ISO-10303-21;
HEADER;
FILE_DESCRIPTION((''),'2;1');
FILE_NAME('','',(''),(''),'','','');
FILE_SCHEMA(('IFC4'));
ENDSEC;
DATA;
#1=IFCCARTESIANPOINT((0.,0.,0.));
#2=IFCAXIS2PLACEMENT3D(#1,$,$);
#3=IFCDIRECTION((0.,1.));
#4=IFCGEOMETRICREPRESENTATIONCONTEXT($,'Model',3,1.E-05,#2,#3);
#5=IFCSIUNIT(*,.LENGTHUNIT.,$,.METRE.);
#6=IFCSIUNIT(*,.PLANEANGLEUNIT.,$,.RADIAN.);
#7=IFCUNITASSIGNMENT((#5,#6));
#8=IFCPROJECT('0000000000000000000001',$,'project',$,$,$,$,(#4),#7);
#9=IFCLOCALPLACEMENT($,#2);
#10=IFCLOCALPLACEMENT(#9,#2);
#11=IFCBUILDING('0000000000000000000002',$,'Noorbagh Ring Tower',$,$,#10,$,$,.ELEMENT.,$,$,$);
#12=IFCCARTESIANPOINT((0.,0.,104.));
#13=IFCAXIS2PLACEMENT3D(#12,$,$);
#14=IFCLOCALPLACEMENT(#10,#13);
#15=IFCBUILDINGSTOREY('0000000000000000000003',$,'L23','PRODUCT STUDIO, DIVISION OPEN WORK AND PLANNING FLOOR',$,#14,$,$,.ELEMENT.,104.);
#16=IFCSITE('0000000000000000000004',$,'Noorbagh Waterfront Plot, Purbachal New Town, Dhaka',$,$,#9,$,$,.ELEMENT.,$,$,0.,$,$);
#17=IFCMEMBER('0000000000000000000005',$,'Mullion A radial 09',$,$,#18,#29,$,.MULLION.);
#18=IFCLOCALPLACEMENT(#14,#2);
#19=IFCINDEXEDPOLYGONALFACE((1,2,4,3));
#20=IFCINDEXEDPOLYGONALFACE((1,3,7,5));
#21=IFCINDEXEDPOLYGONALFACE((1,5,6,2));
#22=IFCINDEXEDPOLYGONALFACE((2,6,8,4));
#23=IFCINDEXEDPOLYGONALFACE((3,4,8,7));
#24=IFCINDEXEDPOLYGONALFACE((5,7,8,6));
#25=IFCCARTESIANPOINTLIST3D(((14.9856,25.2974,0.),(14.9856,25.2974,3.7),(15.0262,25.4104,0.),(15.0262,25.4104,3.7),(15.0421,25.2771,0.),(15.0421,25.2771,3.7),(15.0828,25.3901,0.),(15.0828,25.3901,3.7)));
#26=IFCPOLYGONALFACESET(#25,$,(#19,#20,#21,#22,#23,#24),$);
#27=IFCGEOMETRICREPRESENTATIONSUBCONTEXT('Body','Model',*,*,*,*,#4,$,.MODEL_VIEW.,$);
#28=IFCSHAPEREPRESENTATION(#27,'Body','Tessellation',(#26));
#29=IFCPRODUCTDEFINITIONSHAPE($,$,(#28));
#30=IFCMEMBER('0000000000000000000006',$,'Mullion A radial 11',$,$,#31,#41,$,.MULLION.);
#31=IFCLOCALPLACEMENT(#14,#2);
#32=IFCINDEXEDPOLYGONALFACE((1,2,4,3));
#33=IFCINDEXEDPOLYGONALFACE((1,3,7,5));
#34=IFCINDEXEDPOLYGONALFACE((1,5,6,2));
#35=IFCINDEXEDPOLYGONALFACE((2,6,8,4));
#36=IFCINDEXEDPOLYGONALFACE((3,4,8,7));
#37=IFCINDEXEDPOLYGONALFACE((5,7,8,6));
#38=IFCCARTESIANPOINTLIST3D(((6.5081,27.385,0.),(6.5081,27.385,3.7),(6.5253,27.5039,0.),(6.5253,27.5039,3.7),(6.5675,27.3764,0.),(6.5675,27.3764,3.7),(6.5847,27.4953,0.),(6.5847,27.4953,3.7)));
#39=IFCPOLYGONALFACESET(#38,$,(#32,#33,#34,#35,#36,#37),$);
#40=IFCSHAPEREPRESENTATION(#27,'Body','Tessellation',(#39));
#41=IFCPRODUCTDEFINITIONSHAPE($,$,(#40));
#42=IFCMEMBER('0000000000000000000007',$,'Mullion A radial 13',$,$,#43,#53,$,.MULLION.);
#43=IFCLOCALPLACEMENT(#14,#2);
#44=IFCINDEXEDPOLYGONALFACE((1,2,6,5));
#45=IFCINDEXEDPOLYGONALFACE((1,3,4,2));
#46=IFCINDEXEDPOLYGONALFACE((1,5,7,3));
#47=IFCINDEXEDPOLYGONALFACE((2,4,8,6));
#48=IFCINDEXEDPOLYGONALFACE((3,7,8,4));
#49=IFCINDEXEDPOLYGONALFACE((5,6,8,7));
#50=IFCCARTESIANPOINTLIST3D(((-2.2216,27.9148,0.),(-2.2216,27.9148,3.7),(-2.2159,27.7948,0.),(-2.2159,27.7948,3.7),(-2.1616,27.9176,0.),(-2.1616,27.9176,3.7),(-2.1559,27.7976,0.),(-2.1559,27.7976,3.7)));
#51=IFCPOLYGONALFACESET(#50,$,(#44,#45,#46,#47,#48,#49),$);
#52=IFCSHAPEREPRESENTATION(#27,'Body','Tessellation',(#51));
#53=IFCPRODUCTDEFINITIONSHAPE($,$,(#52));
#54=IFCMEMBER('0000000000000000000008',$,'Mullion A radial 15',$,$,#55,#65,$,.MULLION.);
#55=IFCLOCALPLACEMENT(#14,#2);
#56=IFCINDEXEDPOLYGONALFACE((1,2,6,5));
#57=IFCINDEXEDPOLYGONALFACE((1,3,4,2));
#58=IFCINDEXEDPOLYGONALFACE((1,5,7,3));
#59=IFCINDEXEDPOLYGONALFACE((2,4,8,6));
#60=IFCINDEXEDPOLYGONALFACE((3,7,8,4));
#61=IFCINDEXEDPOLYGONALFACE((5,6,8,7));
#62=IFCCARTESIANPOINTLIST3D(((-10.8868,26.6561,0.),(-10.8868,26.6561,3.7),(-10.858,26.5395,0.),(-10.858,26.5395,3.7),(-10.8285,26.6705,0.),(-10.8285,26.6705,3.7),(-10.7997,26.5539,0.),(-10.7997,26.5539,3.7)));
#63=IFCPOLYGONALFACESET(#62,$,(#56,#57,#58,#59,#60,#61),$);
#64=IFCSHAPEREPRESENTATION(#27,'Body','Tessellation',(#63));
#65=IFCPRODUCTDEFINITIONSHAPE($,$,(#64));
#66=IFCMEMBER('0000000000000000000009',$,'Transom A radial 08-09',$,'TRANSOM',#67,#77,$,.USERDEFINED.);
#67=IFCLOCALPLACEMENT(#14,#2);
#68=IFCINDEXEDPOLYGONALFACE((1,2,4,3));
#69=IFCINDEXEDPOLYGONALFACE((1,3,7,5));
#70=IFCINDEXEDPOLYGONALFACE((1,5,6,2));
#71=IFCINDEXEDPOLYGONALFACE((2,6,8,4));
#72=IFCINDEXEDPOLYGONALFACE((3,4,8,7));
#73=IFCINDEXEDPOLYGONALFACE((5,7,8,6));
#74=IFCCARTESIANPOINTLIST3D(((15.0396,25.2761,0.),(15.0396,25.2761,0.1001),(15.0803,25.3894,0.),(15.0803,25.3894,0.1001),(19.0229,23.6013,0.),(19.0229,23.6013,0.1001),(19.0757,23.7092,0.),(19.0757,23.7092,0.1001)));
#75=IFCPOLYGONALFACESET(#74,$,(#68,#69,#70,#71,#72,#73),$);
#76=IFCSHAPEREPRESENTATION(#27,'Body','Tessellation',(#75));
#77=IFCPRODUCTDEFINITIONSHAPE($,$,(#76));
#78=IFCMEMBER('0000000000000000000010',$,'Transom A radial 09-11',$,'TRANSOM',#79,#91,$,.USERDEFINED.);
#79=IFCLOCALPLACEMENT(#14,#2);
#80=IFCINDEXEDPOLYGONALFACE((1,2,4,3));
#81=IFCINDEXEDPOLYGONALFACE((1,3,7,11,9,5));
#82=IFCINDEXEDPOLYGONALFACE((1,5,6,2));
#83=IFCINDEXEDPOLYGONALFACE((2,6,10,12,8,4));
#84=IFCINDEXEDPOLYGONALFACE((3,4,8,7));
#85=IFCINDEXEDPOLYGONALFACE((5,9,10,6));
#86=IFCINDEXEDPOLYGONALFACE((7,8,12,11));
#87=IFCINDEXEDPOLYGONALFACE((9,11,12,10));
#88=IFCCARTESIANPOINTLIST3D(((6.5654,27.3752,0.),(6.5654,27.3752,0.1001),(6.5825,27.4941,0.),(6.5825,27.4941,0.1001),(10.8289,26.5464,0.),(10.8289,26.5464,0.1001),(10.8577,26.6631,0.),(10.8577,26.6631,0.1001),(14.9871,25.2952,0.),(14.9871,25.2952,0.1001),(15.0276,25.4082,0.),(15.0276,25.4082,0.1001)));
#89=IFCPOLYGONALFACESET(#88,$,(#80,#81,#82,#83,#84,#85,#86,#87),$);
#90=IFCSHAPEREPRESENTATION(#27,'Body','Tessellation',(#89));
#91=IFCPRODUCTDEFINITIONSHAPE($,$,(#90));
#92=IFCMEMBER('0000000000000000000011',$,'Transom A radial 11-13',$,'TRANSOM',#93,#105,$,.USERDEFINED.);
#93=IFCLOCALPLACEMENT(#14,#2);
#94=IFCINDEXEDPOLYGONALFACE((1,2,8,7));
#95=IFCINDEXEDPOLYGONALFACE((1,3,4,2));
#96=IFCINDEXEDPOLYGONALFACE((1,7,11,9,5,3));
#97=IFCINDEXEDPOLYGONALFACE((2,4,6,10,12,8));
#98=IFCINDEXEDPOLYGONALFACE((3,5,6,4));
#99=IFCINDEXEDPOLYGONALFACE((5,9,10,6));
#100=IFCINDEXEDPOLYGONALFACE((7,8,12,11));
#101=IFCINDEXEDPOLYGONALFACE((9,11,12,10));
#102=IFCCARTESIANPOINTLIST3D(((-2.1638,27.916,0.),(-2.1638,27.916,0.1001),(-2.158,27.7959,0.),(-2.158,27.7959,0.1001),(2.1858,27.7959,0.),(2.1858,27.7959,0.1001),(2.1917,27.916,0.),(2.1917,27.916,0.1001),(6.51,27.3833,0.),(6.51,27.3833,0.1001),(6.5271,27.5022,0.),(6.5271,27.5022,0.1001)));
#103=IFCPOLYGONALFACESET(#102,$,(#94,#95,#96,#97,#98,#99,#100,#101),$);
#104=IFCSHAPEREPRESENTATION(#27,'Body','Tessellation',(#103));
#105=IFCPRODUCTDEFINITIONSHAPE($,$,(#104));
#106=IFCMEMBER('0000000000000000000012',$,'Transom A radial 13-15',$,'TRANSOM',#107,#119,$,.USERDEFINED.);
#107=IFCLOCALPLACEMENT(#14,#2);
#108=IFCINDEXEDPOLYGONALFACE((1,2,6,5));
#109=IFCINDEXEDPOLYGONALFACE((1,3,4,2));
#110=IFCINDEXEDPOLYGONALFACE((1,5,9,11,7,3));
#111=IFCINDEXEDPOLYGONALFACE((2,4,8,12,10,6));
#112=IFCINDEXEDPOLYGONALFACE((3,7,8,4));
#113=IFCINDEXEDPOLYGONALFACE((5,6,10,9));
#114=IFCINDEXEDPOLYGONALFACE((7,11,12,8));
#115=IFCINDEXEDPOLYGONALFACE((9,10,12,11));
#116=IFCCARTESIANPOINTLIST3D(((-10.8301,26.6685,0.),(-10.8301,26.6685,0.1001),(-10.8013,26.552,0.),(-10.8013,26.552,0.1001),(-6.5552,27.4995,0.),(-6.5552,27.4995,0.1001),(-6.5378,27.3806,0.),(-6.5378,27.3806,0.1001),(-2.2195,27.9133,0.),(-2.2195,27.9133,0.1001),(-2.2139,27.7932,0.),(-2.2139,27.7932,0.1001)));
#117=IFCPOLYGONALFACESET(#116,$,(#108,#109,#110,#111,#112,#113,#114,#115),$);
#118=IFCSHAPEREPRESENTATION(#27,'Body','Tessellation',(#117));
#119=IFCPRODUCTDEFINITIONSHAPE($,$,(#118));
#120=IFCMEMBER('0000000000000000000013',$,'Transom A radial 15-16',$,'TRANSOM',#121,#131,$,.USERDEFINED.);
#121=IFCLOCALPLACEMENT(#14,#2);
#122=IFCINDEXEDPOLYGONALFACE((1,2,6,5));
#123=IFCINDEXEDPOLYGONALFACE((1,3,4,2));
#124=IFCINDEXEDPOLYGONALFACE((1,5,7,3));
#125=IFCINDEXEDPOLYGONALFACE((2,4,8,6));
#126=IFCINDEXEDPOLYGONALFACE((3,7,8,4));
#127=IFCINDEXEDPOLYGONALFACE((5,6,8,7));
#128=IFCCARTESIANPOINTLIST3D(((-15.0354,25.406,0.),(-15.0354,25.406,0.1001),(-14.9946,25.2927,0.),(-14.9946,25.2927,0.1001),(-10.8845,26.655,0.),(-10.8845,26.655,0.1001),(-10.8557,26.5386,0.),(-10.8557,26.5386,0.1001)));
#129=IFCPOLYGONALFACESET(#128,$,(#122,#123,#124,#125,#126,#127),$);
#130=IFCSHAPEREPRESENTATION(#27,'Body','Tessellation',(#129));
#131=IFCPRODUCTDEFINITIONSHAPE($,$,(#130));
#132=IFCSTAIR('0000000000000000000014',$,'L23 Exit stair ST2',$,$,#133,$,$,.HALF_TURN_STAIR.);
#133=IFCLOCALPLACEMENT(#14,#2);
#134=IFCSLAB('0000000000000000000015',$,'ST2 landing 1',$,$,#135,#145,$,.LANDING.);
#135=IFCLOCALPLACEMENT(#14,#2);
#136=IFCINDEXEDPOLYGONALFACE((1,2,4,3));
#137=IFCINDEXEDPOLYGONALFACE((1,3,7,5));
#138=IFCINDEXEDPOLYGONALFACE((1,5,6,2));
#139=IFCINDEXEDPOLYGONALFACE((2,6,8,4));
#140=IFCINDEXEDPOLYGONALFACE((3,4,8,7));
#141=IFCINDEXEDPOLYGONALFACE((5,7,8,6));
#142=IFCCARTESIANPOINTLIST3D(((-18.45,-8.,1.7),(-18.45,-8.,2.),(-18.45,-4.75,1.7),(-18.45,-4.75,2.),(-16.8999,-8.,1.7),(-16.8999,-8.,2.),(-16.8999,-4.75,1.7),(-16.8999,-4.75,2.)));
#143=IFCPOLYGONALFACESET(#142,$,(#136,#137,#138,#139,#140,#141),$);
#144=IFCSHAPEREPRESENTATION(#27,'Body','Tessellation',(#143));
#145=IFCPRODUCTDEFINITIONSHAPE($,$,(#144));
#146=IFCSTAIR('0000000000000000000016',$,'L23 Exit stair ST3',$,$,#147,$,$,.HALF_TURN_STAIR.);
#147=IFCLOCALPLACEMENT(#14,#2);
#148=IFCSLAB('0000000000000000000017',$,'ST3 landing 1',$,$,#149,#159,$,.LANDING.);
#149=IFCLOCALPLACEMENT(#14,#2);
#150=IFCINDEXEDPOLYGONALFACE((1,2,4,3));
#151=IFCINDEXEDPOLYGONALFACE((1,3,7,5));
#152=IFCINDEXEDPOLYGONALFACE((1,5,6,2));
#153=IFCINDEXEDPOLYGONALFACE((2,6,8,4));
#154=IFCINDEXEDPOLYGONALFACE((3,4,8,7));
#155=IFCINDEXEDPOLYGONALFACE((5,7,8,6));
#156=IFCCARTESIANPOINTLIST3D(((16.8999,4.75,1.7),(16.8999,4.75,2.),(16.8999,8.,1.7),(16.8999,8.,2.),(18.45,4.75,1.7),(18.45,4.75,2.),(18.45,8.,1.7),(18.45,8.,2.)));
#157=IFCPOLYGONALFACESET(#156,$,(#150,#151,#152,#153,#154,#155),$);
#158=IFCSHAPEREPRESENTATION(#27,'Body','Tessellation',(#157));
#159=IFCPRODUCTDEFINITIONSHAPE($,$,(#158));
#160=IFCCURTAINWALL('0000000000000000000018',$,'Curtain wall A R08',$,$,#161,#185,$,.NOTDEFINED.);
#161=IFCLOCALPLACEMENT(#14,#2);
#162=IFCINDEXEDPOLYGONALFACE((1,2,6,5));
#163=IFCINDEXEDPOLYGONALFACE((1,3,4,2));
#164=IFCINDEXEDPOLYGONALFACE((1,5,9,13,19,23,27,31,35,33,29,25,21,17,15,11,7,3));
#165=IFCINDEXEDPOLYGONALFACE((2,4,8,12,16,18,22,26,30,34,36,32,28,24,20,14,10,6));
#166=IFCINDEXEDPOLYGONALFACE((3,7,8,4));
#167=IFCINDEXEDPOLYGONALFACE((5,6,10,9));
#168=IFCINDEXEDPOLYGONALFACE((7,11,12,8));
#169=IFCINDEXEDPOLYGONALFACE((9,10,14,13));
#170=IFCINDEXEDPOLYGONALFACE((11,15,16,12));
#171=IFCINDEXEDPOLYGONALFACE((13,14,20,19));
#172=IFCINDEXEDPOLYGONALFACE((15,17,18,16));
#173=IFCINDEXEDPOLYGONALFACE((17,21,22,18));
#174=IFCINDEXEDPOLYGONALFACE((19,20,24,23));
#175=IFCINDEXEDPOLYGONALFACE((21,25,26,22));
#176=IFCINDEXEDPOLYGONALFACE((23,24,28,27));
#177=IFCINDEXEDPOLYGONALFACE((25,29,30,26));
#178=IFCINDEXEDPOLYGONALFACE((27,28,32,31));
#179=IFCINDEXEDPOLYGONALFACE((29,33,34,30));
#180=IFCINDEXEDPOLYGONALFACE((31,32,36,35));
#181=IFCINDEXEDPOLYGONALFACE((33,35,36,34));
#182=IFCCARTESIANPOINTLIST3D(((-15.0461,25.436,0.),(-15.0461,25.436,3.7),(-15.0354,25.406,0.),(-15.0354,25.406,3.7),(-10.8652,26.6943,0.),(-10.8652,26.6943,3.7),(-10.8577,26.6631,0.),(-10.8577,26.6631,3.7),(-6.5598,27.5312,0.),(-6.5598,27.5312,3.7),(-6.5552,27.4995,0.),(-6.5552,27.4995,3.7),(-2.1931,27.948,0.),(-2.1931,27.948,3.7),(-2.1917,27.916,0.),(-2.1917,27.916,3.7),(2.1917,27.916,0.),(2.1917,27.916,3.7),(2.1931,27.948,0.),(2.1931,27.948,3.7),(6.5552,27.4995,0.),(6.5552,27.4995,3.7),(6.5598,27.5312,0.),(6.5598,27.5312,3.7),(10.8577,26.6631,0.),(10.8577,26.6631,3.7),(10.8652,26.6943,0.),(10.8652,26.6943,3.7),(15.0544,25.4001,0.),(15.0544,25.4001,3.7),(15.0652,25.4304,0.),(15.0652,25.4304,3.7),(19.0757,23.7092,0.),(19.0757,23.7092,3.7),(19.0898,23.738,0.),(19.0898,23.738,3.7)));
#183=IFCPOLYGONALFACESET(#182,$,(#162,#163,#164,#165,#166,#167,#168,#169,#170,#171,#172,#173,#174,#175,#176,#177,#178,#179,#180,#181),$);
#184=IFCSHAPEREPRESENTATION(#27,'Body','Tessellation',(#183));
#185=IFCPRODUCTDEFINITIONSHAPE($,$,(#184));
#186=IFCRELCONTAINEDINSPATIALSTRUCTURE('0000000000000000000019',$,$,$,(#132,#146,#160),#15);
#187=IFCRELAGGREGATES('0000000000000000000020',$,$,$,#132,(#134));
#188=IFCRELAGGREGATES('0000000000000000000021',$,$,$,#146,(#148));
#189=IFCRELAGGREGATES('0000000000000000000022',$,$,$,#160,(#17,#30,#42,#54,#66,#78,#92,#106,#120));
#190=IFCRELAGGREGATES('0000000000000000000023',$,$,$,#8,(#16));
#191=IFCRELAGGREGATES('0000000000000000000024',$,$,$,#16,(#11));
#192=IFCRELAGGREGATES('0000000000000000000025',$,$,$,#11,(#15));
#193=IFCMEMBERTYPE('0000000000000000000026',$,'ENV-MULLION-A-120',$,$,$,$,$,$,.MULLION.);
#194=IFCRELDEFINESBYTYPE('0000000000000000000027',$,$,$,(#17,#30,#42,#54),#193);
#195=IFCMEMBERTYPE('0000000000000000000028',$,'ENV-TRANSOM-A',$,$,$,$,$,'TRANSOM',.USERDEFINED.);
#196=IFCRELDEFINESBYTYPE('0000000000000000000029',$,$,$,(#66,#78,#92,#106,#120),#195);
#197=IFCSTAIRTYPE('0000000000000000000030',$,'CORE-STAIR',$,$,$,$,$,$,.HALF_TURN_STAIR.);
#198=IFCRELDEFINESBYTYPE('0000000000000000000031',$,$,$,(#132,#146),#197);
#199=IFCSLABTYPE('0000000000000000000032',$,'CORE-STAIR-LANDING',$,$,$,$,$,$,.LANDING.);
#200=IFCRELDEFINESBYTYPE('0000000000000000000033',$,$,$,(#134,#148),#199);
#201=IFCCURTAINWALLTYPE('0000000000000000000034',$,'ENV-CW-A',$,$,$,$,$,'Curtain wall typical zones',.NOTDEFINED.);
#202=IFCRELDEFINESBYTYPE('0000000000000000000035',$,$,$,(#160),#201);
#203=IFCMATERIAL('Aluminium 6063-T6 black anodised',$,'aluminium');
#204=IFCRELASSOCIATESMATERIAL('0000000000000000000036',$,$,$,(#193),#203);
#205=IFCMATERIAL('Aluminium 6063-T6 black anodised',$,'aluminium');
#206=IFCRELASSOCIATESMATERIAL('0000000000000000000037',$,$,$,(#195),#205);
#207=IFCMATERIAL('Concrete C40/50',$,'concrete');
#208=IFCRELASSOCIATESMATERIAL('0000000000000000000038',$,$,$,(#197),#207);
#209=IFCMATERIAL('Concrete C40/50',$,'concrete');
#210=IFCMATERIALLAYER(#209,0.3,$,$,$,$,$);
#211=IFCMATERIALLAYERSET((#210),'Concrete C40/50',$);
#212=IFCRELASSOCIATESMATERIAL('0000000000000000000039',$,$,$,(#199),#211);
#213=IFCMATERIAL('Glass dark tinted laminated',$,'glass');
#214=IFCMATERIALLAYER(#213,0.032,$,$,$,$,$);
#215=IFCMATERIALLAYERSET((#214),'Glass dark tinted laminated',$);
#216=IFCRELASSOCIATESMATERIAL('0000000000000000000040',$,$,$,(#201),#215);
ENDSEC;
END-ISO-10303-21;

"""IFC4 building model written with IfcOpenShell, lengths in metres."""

from ifc_helpers import new_model, si_unit, direction, frame, origin, origin_2d, place, context, subcontext, project, spatial, polyline, rectangle, outline, extrude, material, layer, layer_set, material_profile, profile_set, type_object, element, aggregate, save


model = new_model("IFC4")

# Units and contexts
model_context = context("Model", 3, precision=1e-05, world=origin(), true_north=direction((0.0, 1.0)))
body_context = subcontext(model_context, "Body", "Model", "MODEL_VIEW")
ifc_project = project(units=[si_unit("LENGTHUNIT", "METRE"), si_unit("PLANEANGLEUNIT", "RADIAN")], contexts=[model_context])

# Members
ifc_material_1 = material(Name="Aluminium 6063-T6 black anodised", Category="aluminium")
ifc_material_profile = material_profile(ifc_material_1, rectangle(XDim=0.1201, YDim=0.0601, at=origin_2d()), Name="120x60")
ifc_profile_set = profile_set([ifc_material_profile], Name="Aluminium 6063-T6 black anodised")
member_type_1 = type_object("IfcMemberType", Name="ENV-MULLION-A-120", PredefinedType="MULLION", material=ifc_profile_set)
site_placement = place(None, origin())
building_placement = place(site_placement, origin())
storey_placement = place(building_placement, frame((0.0, 0.0, 104.0)))
member_1_placement = place(storey_placement, frame((15.0342, 25.3438, 0.0), z_axis=(0.0, 0.0, 1.0), x_axis=(-0.338379, -0.94101, 0.0)))
member_1 = element("IfcMember", 1, at=member_1_placement, type_object=member_type_1, Name="Mullion A radial 09", PredefinedType="MULLION", context=body_context, shape_type="SweptSolid", body=[
    extrude(rectangle(XDim=0.1201, YDim=0.0601, at=origin_2d()), origin(), (0.0, 0.0, 1.0), 3.7),
])
member_2_placement = place(storey_placement, frame((6.5464, 27.4402, 0.0), z_axis=(0.0, 0.0, 1.0), x_axis=(-0.143082, -0.989711, 0.0)))
member_2 = element("IfcMember", 2, at=member_2_placement, type_object=member_type_1, Name="Mullion A radial 11", PredefinedType="MULLION", context=body_context, shape_type="SweptSolid", body=[
    extrude(rectangle(XDim=0.1201, YDim=0.0601, at=origin_2d()), origin(), (0.0, 0.0, 1.0), 3.7),
])
member_3_placement = place(storey_placement, frame((-2.1887, 27.8562, 0.0), z_axis=(0.0, 0.0, 1.0), x_axis=(0.047558, -0.998868, 0.0)))
member_3 = element("IfcMember", 3, at=member_3_placement, type_object=member_type_1, Name="Mullion A radial 13", PredefinedType="MULLION", context=body_context, shape_type="SweptSolid", body=[
    extrude(rectangle(XDim=0.1201, YDim=0.0601, at=origin_2d()), origin(), (0.0, 0.0, 1.0), 3.7),
])
member_4_placement = place(storey_placement, frame((-10.8433, 26.605, 0.0), z_axis=(0.0, 0.0, 1.0), x_axis=(0.239799, -0.970823, 0.0)))
member_4 = element("IfcMember", 4, at=member_4_placement, type_object=member_type_1, Name="Mullion A radial 15", PredefinedType="MULLION", context=body_context, shape_type="SweptSolid", body=[
    extrude(rectangle(XDim=0.1201, YDim=0.0601, at=origin_2d()), origin(), (0.0, 0.0, 1.0), 3.7),
])
ifc_material_2 = material(Name="Aluminium 6063-T6 black anodised", Category="aluminium")
member_type_2 = type_object("IfcMemberType", Name="ENV-TRANSOM-A", ElementType="TRANSOM", PredefinedType="USERDEFINED", material=ifc_material_2)
member_5_placement = place(storey_placement, origin())
member_5 = element("IfcMember", 5, at=member_5_placement, type_object=member_type_2, Name="Transom A radial 08-09", ObjectType="TRANSOM", PredefinedType="USERDEFINED", context=body_context, shape_type="SweptSolid", body=[
    extrude(outline(polyline([(19.0757, 23.7092), (15.0803, 25.3894), (15.0396, 25.2761), (19.0229, 23.6013), (19.0757, 23.7092)])), origin(), (0.0, 0.0, 1.0), 0.1001),
])
member_6_placement = place(storey_placement, origin())
member_6 = element("IfcMember", 6, at=member_6_placement, type_object=member_type_2, Name="Transom A radial 09-11", ObjectType="TRANSOM", PredefinedType="USERDEFINED", context=body_context, shape_type="SweptSolid", body=[
    extrude(outline(polyline([(15.0276, 25.4082), (10.8577, 26.6631), (6.5825, 27.4941), (6.5654, 27.3752), (10.8289, 26.5464), (14.9871, 25.2952), (15.0276, 25.4082)])), origin(), (0.0, 0.0, 1.0), 0.1001),
])
member_7_placement = place(storey_placement, origin())
member_7 = element("IfcMember", 7, at=member_7_placement, type_object=member_type_2, Name="Transom A radial 11-13", ObjectType="TRANSOM", PredefinedType="USERDEFINED", context=body_context, shape_type="SweptSolid", body=[
    extrude(outline(polyline([(6.5271, 27.5022), (2.1917, 27.916), (-2.1638, 27.916), (-2.158, 27.7959), (2.1858, 27.7959), (6.51, 27.3833), (6.5271, 27.5022)])), origin(), (0.0, 0.0, 1.0), 0.1001),
])
member_8_placement = place(storey_placement, origin())
member_8 = element("IfcMember", 8, at=member_8_placement, type_object=member_type_2, Name="Transom A radial 13-15", ObjectType="TRANSOM", PredefinedType="USERDEFINED", context=body_context, shape_type="SweptSolid", body=[
    extrude(outline(polyline([(-2.2195, 27.9133), (-6.5552, 27.4995), (-10.8301, 26.6685), (-10.8013, 26.552), (-6.5378, 27.3806), (-2.2139, 27.7932), (-2.2195, 27.9133)])), origin(), (0.0, 0.0, 1.0), 0.1001),
])
member_9_placement = place(storey_placement, origin())
member_9 = element("IfcMember", 9, at=member_9_placement, type_object=member_type_2, Name="Transom A radial 15-16", ObjectType="TRANSOM", PredefinedType="USERDEFINED", context=body_context, shape_type="SweptSolid", body=[
    extrude(outline(polyline([(-10.8845, 26.655), (-15.0354, 25.406), (-14.9946, 25.2927), (-10.8557, 26.5386), (-10.8845, 26.655)])), origin(), (0.0, 0.0, 1.0), 0.1001),
])

# Site, building, storey
site = spatial("IfcSite", under=ifc_project, at=site_placement, Name="Noorbagh Waterfront Plot, Purbachal New Town, Dhaka", CompositionType="ELEMENT", RefElevation=0.0)
building = spatial("IfcBuilding", under=site, at=building_placement, Name="Noorbagh Ring Tower", CompositionType="ELEMENT")
storey = spatial("IfcBuildingStorey", under=building, at=storey_placement, Name="L23", Description="PRODUCT STUDIO, DIVISION OPEN WORK AND PLANNING FLOOR", CompositionType="ELEMENT", Elevation=104.0)

# Stairs, slabs
ifc_material_3 = material(Name="Concrete C40/50", Category="concrete")
stair_type = type_object("IfcStairType", Name="CORE-STAIR", PredefinedType="HALF_TURN_STAIR", material=ifc_material_3)
stair_1_placement = place(storey_placement, origin())
stair_1 = element("IfcStair", 10, at=stair_1_placement, inside=storey, type_object=stair_type, Name="L23 Exit stair ST2", PredefinedType="HALF_TURN_STAIR")
ifc_material_4 = material(Name="Concrete C40/50", Category="concrete")
ifc_layer_1 = layer(ifc_material_4, 0.3)
ifc_layer_set_1 = layer_set([ifc_layer_1], Name="Concrete C40/50")
slab_type = type_object("IfcSlabType", Name="CORE-STAIR-LANDING", PredefinedType="LANDING", material=ifc_layer_set_1)
slab_1_placement = place(storey_placement, frame((0.0, 0.0, 1.7)))
slab_1 = element("IfcSlab", 11, at=slab_1_placement, type_object=slab_type, Name="ST2 landing 1", PredefinedType="LANDING", context=body_context, shape_type="SweptSolid", body=[
    extrude(outline(polyline([(-18.45, -8.0), (-16.8999, -8.0), (-16.8999, -4.75), (-18.45, -4.75), (-18.45, -8.0)])), origin(), (0.0, 0.0, 1.0), 0.3),
])
aggregate(stair_1, [slab_1])
stair_2_placement = place(storey_placement, origin())
stair_2 = element("IfcStair", 12, at=stair_2_placement, inside=storey, type_object=stair_type, Name="L23 Exit stair ST3", PredefinedType="HALF_TURN_STAIR")
slab_2_placement = place(storey_placement, frame((0.0, 0.0, 1.7)))
slab_2 = element("IfcSlab", 13, at=slab_2_placement, type_object=slab_type, Name="ST3 landing 1", PredefinedType="LANDING", context=body_context, shape_type="SweptSolid", body=[
    extrude(outline(polyline([(18.45, 8.0), (16.8999, 8.0), (16.8999, 4.75), (18.45, 4.75), (18.45, 8.0)])), origin(), (0.0, 0.0, 1.0), 0.3),
])
aggregate(stair_2, [slab_2])

# Curtain wall
ifc_material_5 = material(Name="Glass dark tinted laminated", Category="glass")
ifc_layer_2 = layer(ifc_material_5, 0.032)
ifc_layer_set_2 = layer_set([ifc_layer_2], Name="Glass dark tinted laminated")
curtain_wall_type = type_object("IfcCurtainWallType", Name="ENV-CW-A", ElementType="Curtain wall typical zones", PredefinedType="NOTDEFINED", material=ifc_layer_set_2)
curtain_wall_placement = place(storey_placement, origin())
curtain_wall = element("IfcCurtainWall", 14, at=curtain_wall_placement, inside=storey, type_object=curtain_wall_type, Name="Curtain wall A R08", PredefinedType="NOTDEFINED", context=body_context, shape_type="SweptSolid", body=[
    extrude(outline(polyline([(19.0898, 23.738), (15.0652, 25.4304), (10.8652, 26.6943), (6.5598, 27.5312), (2.1931, 27.948), (-2.1931, 27.948), (-6.5598, 27.5312), (-10.8652, 26.6943), (-15.0461, 25.436), (-15.0354, 25.406), (-10.8577, 26.6631), (-6.5552, 27.4995), (-2.1917, 27.916), (2.1917, 27.916), (6.5552, 27.4995), (10.8577, 26.6631), (15.0544, 25.4001), (19.0757, 23.7092), (19.0898, 23.738)])), origin(), (0.0, 0.0, 1.0), 3.7),
])
aggregate(curtain_wall, [member_1, member_2, member_3, member_4, member_5, member_6, member_7, member_8, member_9])

save(model, "model.ifc")
